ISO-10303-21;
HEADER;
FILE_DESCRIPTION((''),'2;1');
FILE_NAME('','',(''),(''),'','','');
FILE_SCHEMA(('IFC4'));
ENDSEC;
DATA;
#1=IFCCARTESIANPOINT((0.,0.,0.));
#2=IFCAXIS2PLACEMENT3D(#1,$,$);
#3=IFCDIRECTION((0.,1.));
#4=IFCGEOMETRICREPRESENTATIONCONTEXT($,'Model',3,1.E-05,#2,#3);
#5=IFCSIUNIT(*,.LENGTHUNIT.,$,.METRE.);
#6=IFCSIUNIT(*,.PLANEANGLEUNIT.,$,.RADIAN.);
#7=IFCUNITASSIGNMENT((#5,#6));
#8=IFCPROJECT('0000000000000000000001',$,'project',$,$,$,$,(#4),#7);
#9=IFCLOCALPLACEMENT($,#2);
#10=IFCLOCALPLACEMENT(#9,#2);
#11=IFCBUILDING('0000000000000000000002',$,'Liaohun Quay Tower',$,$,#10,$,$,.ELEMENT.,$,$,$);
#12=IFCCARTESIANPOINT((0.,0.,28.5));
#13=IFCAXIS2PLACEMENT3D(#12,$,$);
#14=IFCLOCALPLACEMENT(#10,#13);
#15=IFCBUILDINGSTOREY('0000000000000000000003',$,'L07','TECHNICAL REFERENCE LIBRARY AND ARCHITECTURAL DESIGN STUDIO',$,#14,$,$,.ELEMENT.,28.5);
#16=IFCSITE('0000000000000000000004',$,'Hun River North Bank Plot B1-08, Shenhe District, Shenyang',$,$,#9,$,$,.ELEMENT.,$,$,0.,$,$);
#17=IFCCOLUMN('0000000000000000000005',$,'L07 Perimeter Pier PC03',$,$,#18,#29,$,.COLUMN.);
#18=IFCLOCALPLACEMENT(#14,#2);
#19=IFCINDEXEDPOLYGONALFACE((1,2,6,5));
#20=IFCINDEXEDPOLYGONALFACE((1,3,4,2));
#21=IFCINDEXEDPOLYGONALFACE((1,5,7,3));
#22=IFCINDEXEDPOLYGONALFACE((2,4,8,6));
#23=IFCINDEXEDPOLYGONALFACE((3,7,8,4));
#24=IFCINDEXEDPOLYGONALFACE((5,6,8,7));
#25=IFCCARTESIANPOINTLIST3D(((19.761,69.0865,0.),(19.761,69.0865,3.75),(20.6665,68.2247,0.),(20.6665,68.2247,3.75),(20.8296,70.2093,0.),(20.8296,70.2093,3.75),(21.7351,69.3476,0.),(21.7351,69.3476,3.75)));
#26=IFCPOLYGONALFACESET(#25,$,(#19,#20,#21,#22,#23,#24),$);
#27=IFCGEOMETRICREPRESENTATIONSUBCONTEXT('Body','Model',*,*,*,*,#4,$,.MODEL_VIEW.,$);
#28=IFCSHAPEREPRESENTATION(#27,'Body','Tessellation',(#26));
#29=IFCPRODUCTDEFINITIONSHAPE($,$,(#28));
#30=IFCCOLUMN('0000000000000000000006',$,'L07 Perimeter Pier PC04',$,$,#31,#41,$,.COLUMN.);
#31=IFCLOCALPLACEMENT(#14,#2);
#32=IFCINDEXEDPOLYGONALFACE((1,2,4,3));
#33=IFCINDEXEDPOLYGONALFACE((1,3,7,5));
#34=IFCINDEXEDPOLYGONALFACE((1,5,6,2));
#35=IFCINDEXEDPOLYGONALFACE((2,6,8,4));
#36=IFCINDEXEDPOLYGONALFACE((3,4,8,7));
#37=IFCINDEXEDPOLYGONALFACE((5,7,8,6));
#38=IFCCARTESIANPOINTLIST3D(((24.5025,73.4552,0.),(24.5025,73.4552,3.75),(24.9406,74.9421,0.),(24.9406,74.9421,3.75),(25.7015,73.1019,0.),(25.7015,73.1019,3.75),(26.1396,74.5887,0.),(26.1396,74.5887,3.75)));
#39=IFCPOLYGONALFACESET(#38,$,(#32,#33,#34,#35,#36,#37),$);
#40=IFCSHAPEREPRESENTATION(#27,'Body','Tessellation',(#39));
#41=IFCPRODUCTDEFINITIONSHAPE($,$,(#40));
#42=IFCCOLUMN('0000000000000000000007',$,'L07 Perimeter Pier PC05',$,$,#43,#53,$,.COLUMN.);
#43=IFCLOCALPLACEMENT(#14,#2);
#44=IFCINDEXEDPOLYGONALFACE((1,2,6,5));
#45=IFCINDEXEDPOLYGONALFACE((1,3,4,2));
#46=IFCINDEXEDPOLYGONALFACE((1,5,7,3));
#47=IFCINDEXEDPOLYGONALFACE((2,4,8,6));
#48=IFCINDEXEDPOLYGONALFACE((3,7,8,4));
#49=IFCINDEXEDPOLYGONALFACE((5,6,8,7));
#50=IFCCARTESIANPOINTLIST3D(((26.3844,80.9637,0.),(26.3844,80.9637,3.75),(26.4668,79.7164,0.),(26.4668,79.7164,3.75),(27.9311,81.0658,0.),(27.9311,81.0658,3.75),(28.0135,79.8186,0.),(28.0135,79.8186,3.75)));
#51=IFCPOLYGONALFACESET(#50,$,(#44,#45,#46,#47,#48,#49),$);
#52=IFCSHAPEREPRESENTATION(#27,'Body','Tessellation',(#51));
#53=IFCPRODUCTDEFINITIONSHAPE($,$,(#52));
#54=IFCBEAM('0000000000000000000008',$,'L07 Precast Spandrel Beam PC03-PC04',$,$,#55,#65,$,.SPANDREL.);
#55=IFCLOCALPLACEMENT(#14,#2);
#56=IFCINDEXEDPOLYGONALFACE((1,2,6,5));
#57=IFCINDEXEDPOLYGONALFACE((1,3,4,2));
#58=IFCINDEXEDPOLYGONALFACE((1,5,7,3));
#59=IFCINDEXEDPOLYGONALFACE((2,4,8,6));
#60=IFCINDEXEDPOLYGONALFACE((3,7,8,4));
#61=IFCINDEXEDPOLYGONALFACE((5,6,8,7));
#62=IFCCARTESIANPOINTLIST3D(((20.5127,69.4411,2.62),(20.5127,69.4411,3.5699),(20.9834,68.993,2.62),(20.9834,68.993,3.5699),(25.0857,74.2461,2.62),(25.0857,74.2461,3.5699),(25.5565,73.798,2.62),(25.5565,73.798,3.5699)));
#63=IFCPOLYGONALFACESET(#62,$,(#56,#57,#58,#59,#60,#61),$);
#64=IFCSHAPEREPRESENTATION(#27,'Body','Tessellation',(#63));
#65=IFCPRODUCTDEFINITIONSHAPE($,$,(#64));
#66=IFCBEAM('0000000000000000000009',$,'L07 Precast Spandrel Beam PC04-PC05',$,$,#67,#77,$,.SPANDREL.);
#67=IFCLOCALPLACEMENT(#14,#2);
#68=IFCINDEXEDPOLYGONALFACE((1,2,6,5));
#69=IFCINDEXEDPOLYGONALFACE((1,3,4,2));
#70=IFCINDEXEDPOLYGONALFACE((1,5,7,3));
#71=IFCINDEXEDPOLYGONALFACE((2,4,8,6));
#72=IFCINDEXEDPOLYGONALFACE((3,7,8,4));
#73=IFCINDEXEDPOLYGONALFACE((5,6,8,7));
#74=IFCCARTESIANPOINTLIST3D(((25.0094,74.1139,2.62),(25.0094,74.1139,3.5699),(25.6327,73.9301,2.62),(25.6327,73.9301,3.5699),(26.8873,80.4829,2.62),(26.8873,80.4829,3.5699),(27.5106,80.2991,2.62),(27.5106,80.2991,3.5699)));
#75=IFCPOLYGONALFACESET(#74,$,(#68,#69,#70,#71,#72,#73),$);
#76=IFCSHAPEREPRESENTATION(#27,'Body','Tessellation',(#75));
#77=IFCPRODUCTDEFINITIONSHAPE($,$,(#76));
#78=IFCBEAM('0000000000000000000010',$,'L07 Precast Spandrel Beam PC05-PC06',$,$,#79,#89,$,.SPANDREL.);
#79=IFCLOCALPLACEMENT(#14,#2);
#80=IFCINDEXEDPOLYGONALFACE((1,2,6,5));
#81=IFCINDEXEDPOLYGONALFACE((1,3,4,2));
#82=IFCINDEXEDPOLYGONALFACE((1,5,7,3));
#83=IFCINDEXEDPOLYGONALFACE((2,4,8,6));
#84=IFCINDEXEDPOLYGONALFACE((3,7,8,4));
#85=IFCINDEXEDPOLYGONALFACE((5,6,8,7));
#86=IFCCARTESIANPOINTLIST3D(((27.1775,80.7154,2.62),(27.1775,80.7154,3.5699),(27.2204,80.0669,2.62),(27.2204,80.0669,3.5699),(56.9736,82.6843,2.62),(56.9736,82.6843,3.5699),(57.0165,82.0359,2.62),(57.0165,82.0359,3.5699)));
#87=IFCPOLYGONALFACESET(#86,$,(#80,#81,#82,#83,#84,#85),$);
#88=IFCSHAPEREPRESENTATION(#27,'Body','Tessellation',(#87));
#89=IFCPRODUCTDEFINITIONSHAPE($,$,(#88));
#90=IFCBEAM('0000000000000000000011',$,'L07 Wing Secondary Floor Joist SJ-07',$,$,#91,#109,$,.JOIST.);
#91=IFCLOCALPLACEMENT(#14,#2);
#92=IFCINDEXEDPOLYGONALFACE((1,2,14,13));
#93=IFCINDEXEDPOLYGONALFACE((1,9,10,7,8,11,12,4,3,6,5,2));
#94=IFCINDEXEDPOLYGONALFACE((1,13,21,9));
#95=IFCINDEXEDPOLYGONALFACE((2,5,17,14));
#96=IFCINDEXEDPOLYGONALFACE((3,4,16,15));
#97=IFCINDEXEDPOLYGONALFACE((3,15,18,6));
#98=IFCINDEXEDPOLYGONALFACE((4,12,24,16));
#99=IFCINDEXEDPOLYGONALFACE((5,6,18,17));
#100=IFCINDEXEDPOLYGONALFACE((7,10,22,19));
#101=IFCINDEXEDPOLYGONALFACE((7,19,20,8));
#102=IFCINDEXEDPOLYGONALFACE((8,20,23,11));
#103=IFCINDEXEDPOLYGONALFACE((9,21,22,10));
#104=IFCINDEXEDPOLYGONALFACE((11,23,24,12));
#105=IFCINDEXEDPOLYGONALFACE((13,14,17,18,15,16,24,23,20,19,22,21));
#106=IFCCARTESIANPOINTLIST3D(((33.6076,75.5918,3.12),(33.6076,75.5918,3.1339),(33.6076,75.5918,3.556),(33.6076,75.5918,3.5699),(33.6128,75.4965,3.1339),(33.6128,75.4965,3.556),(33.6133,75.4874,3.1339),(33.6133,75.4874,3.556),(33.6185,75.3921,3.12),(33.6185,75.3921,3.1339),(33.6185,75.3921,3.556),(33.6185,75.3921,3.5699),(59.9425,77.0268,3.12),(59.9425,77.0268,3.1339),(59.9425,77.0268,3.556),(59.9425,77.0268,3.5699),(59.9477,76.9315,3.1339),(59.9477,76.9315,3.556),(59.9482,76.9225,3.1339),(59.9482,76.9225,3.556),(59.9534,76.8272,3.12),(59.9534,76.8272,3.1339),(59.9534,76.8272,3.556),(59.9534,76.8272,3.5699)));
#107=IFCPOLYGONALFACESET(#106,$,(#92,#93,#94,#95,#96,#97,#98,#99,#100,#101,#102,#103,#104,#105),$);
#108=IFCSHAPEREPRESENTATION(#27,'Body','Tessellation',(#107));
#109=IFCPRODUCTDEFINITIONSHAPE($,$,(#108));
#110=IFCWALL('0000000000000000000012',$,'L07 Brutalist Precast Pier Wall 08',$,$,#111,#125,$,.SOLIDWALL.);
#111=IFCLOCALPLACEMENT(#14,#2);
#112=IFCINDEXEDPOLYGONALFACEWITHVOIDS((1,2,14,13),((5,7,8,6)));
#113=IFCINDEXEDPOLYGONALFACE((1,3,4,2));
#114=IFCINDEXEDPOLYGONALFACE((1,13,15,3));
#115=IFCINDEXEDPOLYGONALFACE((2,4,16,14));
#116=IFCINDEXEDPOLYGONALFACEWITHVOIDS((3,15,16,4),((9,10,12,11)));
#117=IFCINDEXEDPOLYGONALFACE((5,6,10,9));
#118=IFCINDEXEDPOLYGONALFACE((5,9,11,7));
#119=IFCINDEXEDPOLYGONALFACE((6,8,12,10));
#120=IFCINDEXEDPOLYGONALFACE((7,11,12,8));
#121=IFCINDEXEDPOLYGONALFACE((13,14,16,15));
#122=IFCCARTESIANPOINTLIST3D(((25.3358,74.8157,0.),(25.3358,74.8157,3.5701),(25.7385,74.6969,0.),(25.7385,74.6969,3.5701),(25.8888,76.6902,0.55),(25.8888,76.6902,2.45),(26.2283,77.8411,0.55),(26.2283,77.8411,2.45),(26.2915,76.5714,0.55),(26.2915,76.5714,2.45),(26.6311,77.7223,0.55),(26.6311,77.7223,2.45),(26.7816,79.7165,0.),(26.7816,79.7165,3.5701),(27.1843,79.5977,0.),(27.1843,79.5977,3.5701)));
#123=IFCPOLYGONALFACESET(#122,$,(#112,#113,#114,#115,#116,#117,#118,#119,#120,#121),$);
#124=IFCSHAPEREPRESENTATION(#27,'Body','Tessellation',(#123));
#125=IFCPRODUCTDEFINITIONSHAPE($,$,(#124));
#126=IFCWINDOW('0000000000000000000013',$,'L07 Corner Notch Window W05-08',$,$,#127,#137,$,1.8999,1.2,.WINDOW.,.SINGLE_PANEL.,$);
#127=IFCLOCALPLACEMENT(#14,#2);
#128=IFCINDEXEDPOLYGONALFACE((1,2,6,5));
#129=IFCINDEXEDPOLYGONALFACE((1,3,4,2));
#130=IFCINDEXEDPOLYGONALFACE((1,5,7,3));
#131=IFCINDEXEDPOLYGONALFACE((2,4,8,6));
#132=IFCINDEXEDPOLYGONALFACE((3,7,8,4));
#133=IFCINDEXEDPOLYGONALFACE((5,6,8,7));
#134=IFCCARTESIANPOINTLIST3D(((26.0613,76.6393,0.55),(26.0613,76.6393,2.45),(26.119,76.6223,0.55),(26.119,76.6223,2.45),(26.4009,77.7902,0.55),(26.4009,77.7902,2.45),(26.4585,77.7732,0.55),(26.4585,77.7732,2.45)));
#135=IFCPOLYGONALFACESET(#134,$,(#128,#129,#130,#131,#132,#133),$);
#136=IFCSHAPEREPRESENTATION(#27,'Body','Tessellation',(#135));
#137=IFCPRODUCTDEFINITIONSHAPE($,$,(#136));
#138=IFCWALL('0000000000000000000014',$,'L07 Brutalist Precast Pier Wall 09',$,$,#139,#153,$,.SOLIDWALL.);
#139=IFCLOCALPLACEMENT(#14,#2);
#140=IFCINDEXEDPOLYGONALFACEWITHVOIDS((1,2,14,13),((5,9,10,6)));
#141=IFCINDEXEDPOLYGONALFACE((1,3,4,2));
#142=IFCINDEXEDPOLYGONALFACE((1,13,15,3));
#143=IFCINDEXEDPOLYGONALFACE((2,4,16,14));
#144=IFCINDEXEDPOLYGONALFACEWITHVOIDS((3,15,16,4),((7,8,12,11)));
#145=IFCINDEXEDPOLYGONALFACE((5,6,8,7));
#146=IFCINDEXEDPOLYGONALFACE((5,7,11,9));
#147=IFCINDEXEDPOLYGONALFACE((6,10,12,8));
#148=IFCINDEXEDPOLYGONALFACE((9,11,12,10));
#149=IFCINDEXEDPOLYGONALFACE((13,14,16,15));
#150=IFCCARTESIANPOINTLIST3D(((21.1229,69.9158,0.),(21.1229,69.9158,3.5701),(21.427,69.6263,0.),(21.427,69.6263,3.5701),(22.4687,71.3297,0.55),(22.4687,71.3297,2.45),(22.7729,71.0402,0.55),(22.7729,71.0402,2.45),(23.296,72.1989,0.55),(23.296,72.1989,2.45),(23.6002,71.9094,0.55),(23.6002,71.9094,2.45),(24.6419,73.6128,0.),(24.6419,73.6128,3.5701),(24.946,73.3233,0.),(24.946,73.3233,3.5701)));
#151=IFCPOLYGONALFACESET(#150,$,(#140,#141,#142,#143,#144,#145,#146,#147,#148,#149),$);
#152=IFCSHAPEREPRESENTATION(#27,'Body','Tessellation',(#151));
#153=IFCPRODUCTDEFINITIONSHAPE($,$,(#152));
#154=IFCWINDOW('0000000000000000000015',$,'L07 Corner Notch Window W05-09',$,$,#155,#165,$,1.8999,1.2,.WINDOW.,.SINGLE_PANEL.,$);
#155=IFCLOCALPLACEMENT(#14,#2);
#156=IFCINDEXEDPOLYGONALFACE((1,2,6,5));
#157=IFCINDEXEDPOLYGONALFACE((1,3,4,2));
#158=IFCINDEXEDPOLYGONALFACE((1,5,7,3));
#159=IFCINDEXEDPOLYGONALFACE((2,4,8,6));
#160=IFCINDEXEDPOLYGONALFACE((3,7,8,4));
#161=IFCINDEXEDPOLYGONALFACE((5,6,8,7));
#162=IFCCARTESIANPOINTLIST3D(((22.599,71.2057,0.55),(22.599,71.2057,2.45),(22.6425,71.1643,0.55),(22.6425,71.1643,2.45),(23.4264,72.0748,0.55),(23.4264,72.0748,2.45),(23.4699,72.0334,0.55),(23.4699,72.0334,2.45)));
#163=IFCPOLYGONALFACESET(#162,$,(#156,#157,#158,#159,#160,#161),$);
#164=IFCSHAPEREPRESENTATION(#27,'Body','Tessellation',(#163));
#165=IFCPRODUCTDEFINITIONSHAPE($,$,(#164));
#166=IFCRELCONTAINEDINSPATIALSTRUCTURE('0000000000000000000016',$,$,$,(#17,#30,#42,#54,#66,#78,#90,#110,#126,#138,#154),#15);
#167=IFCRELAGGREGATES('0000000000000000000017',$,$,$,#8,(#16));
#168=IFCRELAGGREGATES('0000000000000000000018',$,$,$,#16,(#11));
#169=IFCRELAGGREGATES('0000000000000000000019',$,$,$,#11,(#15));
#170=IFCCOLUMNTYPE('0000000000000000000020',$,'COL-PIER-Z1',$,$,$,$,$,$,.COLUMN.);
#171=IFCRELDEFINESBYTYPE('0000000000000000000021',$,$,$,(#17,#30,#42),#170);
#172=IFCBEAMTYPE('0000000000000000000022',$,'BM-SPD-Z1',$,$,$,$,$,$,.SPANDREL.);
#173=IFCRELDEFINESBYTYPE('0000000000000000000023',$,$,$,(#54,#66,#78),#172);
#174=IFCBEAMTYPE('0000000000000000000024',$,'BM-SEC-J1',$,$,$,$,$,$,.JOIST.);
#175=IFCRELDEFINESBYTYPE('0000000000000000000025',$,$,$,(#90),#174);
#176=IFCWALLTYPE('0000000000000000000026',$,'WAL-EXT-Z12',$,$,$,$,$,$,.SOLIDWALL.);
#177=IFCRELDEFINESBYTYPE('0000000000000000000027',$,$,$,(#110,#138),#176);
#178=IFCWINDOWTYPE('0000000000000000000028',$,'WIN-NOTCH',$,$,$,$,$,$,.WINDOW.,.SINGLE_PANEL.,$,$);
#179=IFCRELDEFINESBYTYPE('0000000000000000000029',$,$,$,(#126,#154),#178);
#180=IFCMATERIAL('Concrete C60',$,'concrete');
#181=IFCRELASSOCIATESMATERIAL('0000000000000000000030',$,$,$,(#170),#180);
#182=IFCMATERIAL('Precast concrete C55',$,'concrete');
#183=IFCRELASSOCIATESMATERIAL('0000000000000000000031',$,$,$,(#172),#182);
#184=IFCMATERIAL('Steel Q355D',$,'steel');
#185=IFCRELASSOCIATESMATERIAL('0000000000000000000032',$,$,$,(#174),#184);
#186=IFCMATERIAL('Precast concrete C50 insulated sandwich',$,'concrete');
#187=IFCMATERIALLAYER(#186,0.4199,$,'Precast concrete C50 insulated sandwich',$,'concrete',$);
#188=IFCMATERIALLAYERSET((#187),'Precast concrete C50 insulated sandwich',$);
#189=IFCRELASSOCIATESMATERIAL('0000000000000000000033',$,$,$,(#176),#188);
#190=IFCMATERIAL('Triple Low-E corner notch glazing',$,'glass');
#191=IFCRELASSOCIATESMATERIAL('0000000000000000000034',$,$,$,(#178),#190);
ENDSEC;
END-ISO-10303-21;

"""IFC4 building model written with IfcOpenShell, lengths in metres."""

from ifc_helpers import new_model, si_unit, direction, frame, frame_2d, origin, origin_2d, place, context, subcontext, project, spatial, rectangle, i_section, extrude, source, transform, mapped, material, layer, layer_set, material_profile, profile_set, type_object, element, fill, save


model = new_model("IFC4")

# Units and contexts
model_context = context("Model", 3, precision=1e-05, world=origin(), true_north=direction((0.0, 1.0)))
body_context = subcontext(model_context, "Body", "Model", "MODEL_VIEW")
ifc_project = project(units=[si_unit("LENGTHUNIT", "METRE"), si_unit("PLANEANGLEUNIT", "RADIAN")], contexts=[model_context])

# Site, building, storey
site_placement = place(None, origin())
site = spatial("IfcSite", under=ifc_project, at=site_placement, Name="Hun River North Bank Plot B1-08, Shenhe District, Shenyang", CompositionType="ELEMENT", RefElevation=0.0)
building_placement = place(site_placement, origin())
building = spatial("IfcBuilding", under=site, at=building_placement, Name="Liaohun Quay Tower", CompositionType="ELEMENT")
storey_placement = place(building_placement, frame((0.0, 0.0, 28.5)))
storey = spatial("IfcBuildingStorey", under=building, at=storey_placement, Name="L07", Description="TECHNICAL REFERENCE LIBRARY AND ARCHITECTURAL DESIGN STUDIO", CompositionType="ELEMENT", Elevation=28.5)

# Columns
ifc_material_1 = material(Name="Concrete C60", Category="concrete")
ifc_material_profile_1 = material_profile(ifc_material_1, rectangle(XDim=1.55, YDim=1.25, at=origin_2d()), Name="RC1550x1250")
ifc_profile_set_1 = profile_set([ifc_material_profile_1], Name="Concrete C60")
column_type = type_object("IfcColumnType", Name="COL-PIER-Z1", PredefinedType="COLUMN", material=ifc_profile_set_1)
shared_shape_1 = source(origin(), body_context, "Body", "SweptSolid", [
    extrude(rectangle(XDim=1.55, YDim=1.25, at=origin_2d()), origin(), (0.0, 0.0, 1.0), 3.75),
])
for number, where, z_axis, x_axis, name in (
    (1, (20.748, 69.217, 0.0), (0.0, 0.0, 1.0), (0.689367, 0.724413, 0.0), "L07 Perimeter Pier PC03"),
    (2, (25.321, 74.022, 0.0), (0.0, 0.0, 1.0), (0.282676, 0.959215, 0.0), "L07 Perimeter Pier PC04"),
    (3, (27.199, 80.3911, 0.0), (0.0, 0.0, 1.0), (0.997825, 0.065926, 0.0), "L07 Perimeter Pier PC05"),
):
    element("IfcColumn", number, at=place(storey_placement, frame(where, z_axis=z_axis, x_axis=x_axis)), inside=storey, type_object=column_type, Name=name, PredefinedType="COLUMN", context=body_context, shape_type="MappedRepresentation", body=[
        mapped(shared_shape_1, transform((0.0, 0.0, 0.0), x_axis=(1.0, 0.0, 0.0), y_axis=(0.0, 1.0, 0.0), z_axis=(0.0, 0.0, 1.0), scale=1.0)),
    ])

# Beams
ifc_material_2 = material(Name="Precast concrete C55", Category="concrete")
ifc_material_profile_2 = material_profile(ifc_material_2, rectangle(XDim=0.6499, YDim=0.95, at=origin_2d()), Name="RC650x950")
ifc_profile_set_2 = profile_set([ifc_material_profile_2], Name="Precast concrete C55")
beam_type_1 = type_object("IfcBeamType", Name="BM-SPD-Z1", PredefinedType="SPANDREL", material=ifc_profile_set_2)
shared_shape_2 = source(origin(), body_context, "Body", "SweptSolid", [
    extrude(rectangle(XDim=0.6499, YDim=0.95, at=origin_2d()), origin(), (0.0, 0.0, 1.0), 6.6333),
])
beam_1_placement = place(storey_placement, frame((20.748, 69.217, 3.095), z_axis=(0.689408, 0.724373, 0.0), x_axis=(-0.724373, 0.689408, 0.0)))
element("IfcBeam", 4, at=beam_1_placement, inside=storey, type_object=beam_type_1, Name="L07 Precast Spandrel Beam PC03-PC04", PredefinedType="SPANDREL", context=body_context, shape_type="MappedRepresentation", body=[
    mapped(shared_shape_2, transform((0.0, 0.0, 0.0), x_axis=(1.0, 0.0, 0.0), y_axis=(0.0, 1.0, 0.0), z_axis=(0.0, 0.0, 1.0), scale=1.0)),
])
shared_shape_3 = source(origin(), body_context, "Body", "SweptSolid", [
    extrude(rectangle(XDim=0.6499, YDim=0.95, at=origin_2d()), origin(), (0.0, 0.0, 1.0), 6.6401),
])
beam_2_placement = place(storey_placement, frame((25.321, 74.022, 3.095), z_axis=(0.282811, 0.959176, 0.0), x_axis=(-0.959176, 0.282811, 0.0)))
element("IfcBeam", 5, at=beam_2_placement, inside=storey, type_object=beam_type_1, Name="L07 Precast Spandrel Beam PC04-PC05", PredefinedType="SPANDREL", context=body_context, shape_type="MappedRepresentation", body=[
    mapped(shared_shape_3, transform((0.0, 0.0, 0.0), x_axis=(1.0, 0.0, 0.0), y_axis=(0.0, 1.0, 0.0), z_axis=(0.0, 0.0, 1.0), scale=1.0)),
])
shared_shape_4 = source(origin(), body_context, "Body", "SweptSolid", [
    extrude(rectangle(XDim=0.6499, YDim=0.95, at=origin_2d()), origin(), (0.0, 0.0, 1.0), 29.8611),
])
beam_3_placement = place(storey_placement, frame((27.199, 80.3911, 3.095), z_axis=(0.997824, 0.065938, 0.0), x_axis=(-0.065938, 0.997824, 0.0)))
element("IfcBeam", 6, at=beam_3_placement, inside=storey, type_object=beam_type_1, Name="L07 Precast Spandrel Beam PC05-PC06", PredefinedType="SPANDREL", context=body_context, shape_type="MappedRepresentation", body=[
    mapped(shared_shape_4, transform((0.0, 0.0, 0.0), x_axis=(1.0, 0.0, 0.0), y_axis=(0.0, 1.0, 0.0), z_axis=(0.0, 0.0, 1.0), scale=1.0)),
])
ifc_material_3 = material(Name="Steel Q355D", Category="steel")
ifc_material_profile_3 = material_profile(ifc_material_3, i_section(OverallWidth=0.2, OverallDepth=0.45, WebThickness=0.009, FlangeThickness=0.0139, at=origin_2d()), Name="HN450x200x9x14")
ifc_profile_set_3 = profile_set([ifc_material_profile_3], Name="Steel Q355D")
beam_type_2 = type_object("IfcBeamType", Name="BM-SEC-J1", PredefinedType="JOIST", material=ifc_profile_set_3)
shared_shape_5 = source(origin(), body_context, "Body", "SweptSolid", [
    extrude(i_section(OverallWidth=0.2, OverallDepth=0.45, WebThickness=0.009, FlangeThickness=0.0139, at=origin_2d()), origin(), (0.0, 0.0, 1.0), 26.374),
])
beam_4_placement = place(storey_placement, frame((33.613, 75.4919, 3.345), z_axis=(0.998519, 0.054412, 0.0), x_axis=(-0.054412, 0.998519, 0.0)))
element("IfcBeam", 7, at=beam_4_placement, inside=storey, type_object=beam_type_2, Name="L07 Wing Secondary Floor Joist SJ-07", PredefinedType="JOIST", context=body_context, shape_type="MappedRepresentation", body=[
    mapped(shared_shape_5, transform((0.0, 0.0, 0.0), x_axis=(1.0, 0.0, 0.0), y_axis=(0.0, 1.0, 0.0), z_axis=(0.0, 0.0, 1.0), scale=1.0)),
])

# Walls, openings, windows
ifc_material_4 = material(Name="Precast concrete C50 insulated sandwich", Category="concrete")
ifc_layer_1 = layer(ifc_material_4, 0.4199, Name="Precast concrete C50 insulated sandwich", Category="concrete")
ifc_layer_set_1 = layer_set([ifc_layer_1], Name="Precast concrete C50 insulated sandwich")
wall_type_1 = type_object("IfcWallType", Name="WAL-EXT-Z12", PredefinedType="SOLIDWALL", material=ifc_layer_set_1)
wall_1_placement = place(storey_placement, frame((26.9829, 79.657, 0.0), z_axis=(0.0, 0.0, 1.0), x_axis=(-0.282953, -0.959134, 0.0)))
wall_1 = element("IfcWall", 8, at=wall_1_placement, inside=storey, type_object=wall_type_1, Name="L07 Brutalist Precast Pier Wall 08", PredefinedType="SOLIDWALL", context=body_context, shape_type="SweptSolid", body=[
    extrude(rectangle(XDim=5.1096, YDim=0.4199, at=frame_2d((2.5547, 0.0))), origin(), (0.0, 0.0, 1.0), 3.5701),
])
shared_shape_6 = source(origin(), body_context, "Body", "SweptSolid", [
    extrude(rectangle(XDim=1.2, YDim=1.8999, at=frame_2d((0.6001, 0.95))), frame((0.0, 0.22, 0.0), z_axis=(0.0, -1.0, 0.0), x_axis=(1.0, 0.0, 0.0)), (0.0, 0.0, 1.0), 0.4399),
])
opening_1_placement = place(wall_1_placement, frame((1.9551, 0.0, 0.55)))
opening_1 = element("IfcOpeningElement", 9, at=opening_1_placement, cuts=wall_1, PredefinedType="OPENING", context=body_context, shape_type="MappedRepresentation", body=[
    mapped(shared_shape_6, transform((0.0, 0.0, 0.0), x_axis=(1.0, 0.0, 0.0), y_axis=(0.0, 1.0, 0.0), z_axis=(0.0, 0.0, 1.0), scale=1.0)),
])
ifc_material_5 = material(Name="Triple Low-E corner notch glazing", Category="glass")
window_type_1 = type_object("IfcWindowType", Name="WIN-NOTCH", PartitioningType="SINGLE_PANEL", PredefinedType="WINDOW", material=ifc_material_5)
shared_shape_7 = source(origin(), body_context, "Body", "SweptSolid", [
    extrude(rectangle(XDim=1.2, YDim=1.8999, at=frame_2d((0.6001, 0.95))), frame((0.0, 0.03, 0.0), z_axis=(0.0, -1.0, 0.0), x_axis=(1.0, 0.0, 0.0)), (0.0, 0.0, 1.0), 0.0601),
])
window_1_placement = place(opening_1_placement, origin())
window_1 = element("IfcWindow", 10, at=window_1_placement, inside=storey, type_object=window_type_1, Name="L07 Corner Notch Window W05-08", OverallHeight=1.8999, OverallWidth=1.2, PartitioningType="SINGLE_PANEL", PredefinedType="WINDOW", context=body_context, shape_type="MappedRepresentation", body=[
    mapped(shared_shape_7, transform((0.0, 0.0, 0.0), x_axis=(1.0, 0.0, 0.0), y_axis=(0.0, 1.0, 0.0), z_axis=(0.0, 0.0, 1.0), scale=1.0)),
])
fill(opening_1, window_1)
wall_2_placement = place(storey_placement, frame((24.7939, 73.468, 0.0), z_axis=(0.0, 0.0, 1.0), x_axis=(-0.689457, -0.724327, 0.0)))
wall_2 = element("IfcWall", 11, at=wall_2_placement, inside=storey, type_object=wall_type_1, Name="L07 Brutalist Precast Pier Wall 09", PredefinedType="SOLIDWALL", context=body_context, shape_type="SweptSolid", body=[
    extrude(rectangle(XDim=5.104, YDim=0.4199, at=frame_2d((2.552, 0.0))), origin(), (0.0, 0.0, 1.0), 3.5701),
])
opening_2_placement = place(wall_2_placement, frame((1.9519, 0.0, 0.55)))
opening_2 = element("IfcOpeningElement", 12, at=opening_2_placement, cuts=wall_2, PredefinedType="OPENING", context=body_context, shape_type="MappedRepresentation", body=[
    mapped(shared_shape_6, transform((0.0, 0.0, 0.0), x_axis=(1.0, 0.0, 0.0), y_axis=(0.0, 1.0, 0.0), z_axis=(0.0, 0.0, 1.0), scale=1.0)),
])
window_2_placement = place(opening_2_placement, origin())
window_2 = element("IfcWindow", 13, at=window_2_placement, inside=storey, type_object=window_type_1, Name="L07 Corner Notch Window W05-09", OverallHeight=1.8999, OverallWidth=1.2, PartitioningType="SINGLE_PANEL", PredefinedType="WINDOW", context=body_context, shape_type="MappedRepresentation", body=[
    mapped(shared_shape_7, transform((0.0, 0.0, 0.0), x_axis=(1.0, 0.0, 0.0), y_axis=(0.0, 1.0, 0.0), z_axis=(0.0, 0.0, 1.0), scale=1.0)),
])
fill(opening_2, window_2)

save(model, "model.ifc")
